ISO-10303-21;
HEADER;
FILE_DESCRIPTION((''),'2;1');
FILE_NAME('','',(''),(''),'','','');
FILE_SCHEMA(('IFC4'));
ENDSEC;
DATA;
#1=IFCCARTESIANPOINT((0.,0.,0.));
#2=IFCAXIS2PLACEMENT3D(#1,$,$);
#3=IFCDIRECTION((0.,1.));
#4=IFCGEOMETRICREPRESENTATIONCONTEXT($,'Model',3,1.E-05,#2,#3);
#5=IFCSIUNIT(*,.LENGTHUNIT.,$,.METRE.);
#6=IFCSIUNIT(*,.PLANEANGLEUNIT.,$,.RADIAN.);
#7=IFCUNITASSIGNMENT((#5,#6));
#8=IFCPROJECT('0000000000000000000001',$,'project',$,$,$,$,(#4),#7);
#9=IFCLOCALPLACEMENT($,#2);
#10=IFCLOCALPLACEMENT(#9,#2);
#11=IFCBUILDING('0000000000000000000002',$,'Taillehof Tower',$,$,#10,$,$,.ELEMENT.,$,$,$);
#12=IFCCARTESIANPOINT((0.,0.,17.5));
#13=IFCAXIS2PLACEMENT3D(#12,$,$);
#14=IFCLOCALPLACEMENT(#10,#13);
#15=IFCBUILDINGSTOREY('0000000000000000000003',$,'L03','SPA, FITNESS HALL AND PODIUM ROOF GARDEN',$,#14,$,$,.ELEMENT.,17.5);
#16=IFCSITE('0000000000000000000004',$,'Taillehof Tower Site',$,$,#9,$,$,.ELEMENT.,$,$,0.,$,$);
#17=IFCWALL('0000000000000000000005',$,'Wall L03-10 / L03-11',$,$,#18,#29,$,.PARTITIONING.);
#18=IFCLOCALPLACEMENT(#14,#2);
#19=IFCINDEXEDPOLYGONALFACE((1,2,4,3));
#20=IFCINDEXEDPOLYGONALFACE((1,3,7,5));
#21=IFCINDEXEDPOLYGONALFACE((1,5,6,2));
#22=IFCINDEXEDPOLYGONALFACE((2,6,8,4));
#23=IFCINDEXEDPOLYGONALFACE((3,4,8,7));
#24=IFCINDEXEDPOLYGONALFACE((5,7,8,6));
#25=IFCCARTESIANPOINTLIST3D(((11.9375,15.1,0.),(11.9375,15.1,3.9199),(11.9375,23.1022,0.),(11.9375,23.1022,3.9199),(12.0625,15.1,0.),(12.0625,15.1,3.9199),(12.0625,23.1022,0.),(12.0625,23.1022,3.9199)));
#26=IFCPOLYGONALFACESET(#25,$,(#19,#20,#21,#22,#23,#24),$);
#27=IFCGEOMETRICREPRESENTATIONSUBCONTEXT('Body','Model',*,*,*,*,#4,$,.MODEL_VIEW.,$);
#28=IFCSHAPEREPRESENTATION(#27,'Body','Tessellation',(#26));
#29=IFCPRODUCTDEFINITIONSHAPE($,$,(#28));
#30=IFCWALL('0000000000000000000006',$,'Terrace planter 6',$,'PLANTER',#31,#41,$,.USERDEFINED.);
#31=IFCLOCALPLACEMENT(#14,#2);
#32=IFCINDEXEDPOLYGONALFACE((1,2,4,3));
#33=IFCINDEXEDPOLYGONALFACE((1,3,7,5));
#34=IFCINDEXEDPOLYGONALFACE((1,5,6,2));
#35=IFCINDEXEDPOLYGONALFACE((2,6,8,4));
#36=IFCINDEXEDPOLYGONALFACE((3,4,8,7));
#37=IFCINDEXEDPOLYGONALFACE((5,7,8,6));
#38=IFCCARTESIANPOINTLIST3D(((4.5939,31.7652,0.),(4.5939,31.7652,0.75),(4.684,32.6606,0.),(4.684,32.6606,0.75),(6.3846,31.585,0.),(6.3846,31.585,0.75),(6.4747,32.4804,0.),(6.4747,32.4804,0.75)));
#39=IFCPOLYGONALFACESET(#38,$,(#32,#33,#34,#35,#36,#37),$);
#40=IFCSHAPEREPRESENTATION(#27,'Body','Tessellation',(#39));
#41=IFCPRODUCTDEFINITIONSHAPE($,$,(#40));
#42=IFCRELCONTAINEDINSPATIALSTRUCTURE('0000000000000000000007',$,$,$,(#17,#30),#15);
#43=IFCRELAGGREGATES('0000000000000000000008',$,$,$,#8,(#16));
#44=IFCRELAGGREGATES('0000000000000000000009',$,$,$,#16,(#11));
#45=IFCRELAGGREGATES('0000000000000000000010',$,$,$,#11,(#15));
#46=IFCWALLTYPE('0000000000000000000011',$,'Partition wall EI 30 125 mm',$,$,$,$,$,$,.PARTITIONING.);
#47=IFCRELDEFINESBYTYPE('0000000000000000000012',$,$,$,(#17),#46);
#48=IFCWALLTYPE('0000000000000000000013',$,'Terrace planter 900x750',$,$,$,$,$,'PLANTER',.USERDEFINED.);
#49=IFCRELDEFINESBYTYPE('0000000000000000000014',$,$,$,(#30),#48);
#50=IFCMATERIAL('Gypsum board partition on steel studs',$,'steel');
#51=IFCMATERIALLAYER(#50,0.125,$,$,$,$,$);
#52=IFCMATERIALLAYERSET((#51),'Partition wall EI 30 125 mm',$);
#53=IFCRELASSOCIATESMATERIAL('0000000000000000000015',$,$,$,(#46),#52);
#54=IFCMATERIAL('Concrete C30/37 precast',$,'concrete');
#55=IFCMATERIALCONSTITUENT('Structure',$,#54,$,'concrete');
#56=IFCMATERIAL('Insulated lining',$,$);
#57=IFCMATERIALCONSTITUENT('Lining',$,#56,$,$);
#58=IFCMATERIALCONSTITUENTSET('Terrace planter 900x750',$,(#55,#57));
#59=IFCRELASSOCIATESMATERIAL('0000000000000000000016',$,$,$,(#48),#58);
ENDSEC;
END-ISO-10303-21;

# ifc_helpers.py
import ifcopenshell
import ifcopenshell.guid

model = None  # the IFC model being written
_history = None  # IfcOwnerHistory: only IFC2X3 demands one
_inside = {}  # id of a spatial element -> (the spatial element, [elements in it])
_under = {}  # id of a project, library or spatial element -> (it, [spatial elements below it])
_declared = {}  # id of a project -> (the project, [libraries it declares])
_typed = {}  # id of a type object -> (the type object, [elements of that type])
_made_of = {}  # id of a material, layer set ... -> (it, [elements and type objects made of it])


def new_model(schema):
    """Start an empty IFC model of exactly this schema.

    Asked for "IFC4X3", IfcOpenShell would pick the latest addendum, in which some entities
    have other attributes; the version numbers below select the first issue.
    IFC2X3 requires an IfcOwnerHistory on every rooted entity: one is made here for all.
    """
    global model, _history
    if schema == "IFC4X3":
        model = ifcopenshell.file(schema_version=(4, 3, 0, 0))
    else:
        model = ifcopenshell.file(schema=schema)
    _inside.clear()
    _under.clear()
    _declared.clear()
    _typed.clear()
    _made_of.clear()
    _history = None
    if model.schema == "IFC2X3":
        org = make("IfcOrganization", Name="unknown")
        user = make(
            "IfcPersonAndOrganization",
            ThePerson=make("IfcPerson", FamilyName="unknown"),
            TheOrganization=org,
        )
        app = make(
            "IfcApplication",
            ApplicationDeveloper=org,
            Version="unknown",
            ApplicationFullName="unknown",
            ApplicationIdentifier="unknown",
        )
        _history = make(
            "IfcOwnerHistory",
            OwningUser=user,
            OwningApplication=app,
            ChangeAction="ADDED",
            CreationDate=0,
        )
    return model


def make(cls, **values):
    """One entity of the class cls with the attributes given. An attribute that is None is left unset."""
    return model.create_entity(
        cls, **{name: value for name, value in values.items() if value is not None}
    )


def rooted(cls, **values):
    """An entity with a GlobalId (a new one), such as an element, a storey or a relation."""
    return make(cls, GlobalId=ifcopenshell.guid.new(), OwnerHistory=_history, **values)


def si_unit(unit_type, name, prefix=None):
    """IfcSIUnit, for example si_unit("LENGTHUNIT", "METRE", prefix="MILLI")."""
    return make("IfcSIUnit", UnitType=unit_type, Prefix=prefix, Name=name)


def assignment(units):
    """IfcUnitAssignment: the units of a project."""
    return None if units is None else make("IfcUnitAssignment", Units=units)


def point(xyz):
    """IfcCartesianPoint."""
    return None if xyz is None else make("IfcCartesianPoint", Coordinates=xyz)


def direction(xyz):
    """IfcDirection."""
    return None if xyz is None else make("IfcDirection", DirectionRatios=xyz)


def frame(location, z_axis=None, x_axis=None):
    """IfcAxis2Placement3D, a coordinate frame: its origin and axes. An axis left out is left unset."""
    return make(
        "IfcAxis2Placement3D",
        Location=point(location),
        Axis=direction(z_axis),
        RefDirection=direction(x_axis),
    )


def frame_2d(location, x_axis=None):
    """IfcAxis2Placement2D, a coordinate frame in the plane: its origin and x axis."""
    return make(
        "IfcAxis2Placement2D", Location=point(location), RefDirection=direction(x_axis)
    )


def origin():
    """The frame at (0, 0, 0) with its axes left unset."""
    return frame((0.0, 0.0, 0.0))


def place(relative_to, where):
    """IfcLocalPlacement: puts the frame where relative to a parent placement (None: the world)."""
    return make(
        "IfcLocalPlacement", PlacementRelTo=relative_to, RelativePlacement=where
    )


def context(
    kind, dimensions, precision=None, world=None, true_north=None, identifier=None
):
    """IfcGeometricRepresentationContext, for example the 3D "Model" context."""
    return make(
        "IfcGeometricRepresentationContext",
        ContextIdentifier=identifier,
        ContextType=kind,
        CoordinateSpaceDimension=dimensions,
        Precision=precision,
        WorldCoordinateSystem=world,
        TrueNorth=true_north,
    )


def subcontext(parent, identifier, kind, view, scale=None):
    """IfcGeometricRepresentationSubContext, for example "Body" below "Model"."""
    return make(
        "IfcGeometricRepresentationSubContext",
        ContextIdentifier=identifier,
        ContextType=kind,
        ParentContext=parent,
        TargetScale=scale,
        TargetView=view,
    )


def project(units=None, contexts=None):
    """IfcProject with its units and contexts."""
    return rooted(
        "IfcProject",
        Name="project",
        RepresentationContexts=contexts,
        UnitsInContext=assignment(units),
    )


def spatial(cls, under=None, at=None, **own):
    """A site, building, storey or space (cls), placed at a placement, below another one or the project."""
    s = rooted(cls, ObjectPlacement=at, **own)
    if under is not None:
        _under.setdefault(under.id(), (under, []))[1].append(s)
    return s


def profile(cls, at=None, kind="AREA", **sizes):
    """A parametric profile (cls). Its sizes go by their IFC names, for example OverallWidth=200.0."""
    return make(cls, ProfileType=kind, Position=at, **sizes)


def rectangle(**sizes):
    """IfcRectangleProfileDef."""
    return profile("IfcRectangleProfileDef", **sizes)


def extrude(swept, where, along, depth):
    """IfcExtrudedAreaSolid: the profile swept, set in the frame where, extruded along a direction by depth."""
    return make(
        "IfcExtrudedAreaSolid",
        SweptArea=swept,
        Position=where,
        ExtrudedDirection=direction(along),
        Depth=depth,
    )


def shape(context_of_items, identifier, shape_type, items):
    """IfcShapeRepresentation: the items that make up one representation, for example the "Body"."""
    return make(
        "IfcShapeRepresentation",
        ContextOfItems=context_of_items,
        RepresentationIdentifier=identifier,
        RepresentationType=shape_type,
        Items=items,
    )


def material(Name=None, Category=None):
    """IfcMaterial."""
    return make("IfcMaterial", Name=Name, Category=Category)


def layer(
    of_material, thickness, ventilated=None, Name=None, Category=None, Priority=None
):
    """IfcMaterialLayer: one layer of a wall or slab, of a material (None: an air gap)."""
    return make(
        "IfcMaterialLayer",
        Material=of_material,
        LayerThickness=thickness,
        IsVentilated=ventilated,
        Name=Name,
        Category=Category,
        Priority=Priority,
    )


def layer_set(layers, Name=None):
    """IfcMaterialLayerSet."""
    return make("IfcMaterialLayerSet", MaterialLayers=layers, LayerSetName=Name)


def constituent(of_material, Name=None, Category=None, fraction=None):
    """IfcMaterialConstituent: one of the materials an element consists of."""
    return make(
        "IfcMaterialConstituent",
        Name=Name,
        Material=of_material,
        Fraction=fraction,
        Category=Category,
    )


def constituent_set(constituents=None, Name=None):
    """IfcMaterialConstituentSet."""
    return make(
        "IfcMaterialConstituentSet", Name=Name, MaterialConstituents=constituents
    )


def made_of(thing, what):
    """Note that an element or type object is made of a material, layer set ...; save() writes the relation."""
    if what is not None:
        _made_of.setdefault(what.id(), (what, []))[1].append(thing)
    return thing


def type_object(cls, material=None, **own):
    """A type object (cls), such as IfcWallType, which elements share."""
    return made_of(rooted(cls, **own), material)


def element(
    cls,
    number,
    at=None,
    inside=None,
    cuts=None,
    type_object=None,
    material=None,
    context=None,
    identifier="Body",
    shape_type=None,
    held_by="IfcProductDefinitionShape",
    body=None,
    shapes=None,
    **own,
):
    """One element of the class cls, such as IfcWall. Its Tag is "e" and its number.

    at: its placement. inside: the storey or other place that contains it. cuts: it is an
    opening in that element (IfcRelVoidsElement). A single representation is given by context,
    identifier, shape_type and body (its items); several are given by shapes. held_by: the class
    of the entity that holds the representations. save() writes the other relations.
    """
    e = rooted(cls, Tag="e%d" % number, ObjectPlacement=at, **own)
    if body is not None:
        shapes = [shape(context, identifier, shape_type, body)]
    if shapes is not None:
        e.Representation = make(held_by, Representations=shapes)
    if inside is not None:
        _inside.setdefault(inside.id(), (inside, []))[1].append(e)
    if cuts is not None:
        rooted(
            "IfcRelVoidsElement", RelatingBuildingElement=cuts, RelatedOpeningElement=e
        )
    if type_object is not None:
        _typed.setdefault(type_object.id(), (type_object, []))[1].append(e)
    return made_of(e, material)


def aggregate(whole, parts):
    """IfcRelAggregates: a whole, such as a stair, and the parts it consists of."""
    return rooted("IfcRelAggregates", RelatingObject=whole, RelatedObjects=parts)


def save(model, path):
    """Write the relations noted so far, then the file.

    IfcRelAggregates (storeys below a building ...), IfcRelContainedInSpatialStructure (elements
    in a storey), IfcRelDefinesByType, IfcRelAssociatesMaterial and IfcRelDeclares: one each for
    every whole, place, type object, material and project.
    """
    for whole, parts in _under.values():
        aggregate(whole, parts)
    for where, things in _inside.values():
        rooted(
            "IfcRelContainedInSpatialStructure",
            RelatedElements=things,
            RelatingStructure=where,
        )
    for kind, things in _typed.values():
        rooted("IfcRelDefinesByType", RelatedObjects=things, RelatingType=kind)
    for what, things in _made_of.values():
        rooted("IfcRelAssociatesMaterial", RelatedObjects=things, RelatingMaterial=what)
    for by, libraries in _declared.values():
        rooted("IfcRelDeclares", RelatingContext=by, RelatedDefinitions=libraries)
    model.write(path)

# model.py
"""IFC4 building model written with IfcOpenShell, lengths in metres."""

from ifc_helpers import new_model, si_unit, direction, frame, frame_2d, origin, place, context, subcontext, project, spatial, rectangle, extrude, material, layer, layer_set, constituent, constituent_set, type_object, element, save


model = new_model("IFC4")

# Units and contexts
model_context = context("Model", 3, precision=1e-05, world=origin(), true_north=direction((0.0, 1.0)))
body_context = subcontext(model_context, "Body", "Model", "MODEL_VIEW")
ifc_project = project(units=[si_unit("LENGTHUNIT", "METRE"), si_unit("PLANEANGLEUNIT", "RADIAN")], contexts=[model_context])

# Site, building, storey
site_placement = place(None, origin())
site = spatial("IfcSite", under=ifc_project, at=site_placement, Name="Taillehof Tower Site", CompositionType="ELEMENT", RefElevation=0.0)
building_placement = place(site_placement, origin())
building = spatial("IfcBuilding", under=site, at=building_placement, Name="Taillehof Tower", CompositionType="ELEMENT")
storey_placement = place(building_placement, frame((0.0, 0.0, 17.5)))
storey = spatial("IfcBuildingStorey", under=building, at=storey_placement, Name="L03", Description="SPA, FITNESS HALL AND PODIUM ROOF GARDEN", CompositionType="ELEMENT", Elevation=17.5)

# Walls
ifc_material_1 = material(Name="Gypsum board partition on steel studs", Category="steel")
ifc_layer_1 = layer(ifc_material_1, 0.125)
ifc_layer_set_1 = layer_set([ifc_layer_1], Name="Partition wall EI 30 125 mm")
wall_type_1 = type_object("IfcWallType", Name="Partition wall EI 30 125 mm", PredefinedType="PARTITIONING", material=ifc_layer_set_1)
wall_1_placement = place(storey_placement, frame((12.0, 15.1001, 0.0), z_axis=(0.0, 0.0, 1.0), x_axis=(0.0, 1.0, 0.0)))
element("IfcWall", 1, at=wall_1_placement, inside=storey, type_object=wall_type_1, Name="Wall L03-10 / L03-11", PredefinedType="PARTITIONING", context=body_context, shape_type="SweptSolid", body=[
    extrude(rectangle(XDim=8.0022, YDim=0.125, at=frame_2d((4.001, 0.0))), origin(), (0.0, 0.0, 1.0), 3.9199),
])
ifc_material_2 = material(Name="Concrete C30/37 precast", Category="concrete")
ifc_constituent_1 = constituent(ifc_material_2, Name="Structure", Category="concrete")
ifc_material_3 = material(Name="Insulated lining")
ifc_constituent_2 = constituent(ifc_material_3, Name="Lining")
ifc_constituent_set_1 = constituent_set(constituents=[ifc_constituent_1, ifc_constituent_2], Name="Terrace planter 900x750")
wall_type_2 = type_object("IfcWallType", Name="Terrace planter 900x750", ElementType="PLANTER", PredefinedType="USERDEFINED", material=ifc_constituent_set_1)
wall_2_placement = place(storey_placement, frame((6.4297, 32.0327, 0.0), z_axis=(0.0, 0.0, 1.0), x_axis=(-0.994977, 0.100108, 0.0)))
element("IfcWall", 2, at=wall_2_placement, inside=storey, type_object=wall_type_2, Name="Terrace planter 6", ObjectType="PLANTER", PredefinedType="USERDEFINED", context=body_context, shape_type="SweptSolid", body=[
    extrude(rectangle(XDim=1.7998, YDim=0.8999, at=frame_2d((0.8999, 0.0))), origin(), (0.0, 0.0, 1.0), 0.75),
])

save(model, "model.ifc")
